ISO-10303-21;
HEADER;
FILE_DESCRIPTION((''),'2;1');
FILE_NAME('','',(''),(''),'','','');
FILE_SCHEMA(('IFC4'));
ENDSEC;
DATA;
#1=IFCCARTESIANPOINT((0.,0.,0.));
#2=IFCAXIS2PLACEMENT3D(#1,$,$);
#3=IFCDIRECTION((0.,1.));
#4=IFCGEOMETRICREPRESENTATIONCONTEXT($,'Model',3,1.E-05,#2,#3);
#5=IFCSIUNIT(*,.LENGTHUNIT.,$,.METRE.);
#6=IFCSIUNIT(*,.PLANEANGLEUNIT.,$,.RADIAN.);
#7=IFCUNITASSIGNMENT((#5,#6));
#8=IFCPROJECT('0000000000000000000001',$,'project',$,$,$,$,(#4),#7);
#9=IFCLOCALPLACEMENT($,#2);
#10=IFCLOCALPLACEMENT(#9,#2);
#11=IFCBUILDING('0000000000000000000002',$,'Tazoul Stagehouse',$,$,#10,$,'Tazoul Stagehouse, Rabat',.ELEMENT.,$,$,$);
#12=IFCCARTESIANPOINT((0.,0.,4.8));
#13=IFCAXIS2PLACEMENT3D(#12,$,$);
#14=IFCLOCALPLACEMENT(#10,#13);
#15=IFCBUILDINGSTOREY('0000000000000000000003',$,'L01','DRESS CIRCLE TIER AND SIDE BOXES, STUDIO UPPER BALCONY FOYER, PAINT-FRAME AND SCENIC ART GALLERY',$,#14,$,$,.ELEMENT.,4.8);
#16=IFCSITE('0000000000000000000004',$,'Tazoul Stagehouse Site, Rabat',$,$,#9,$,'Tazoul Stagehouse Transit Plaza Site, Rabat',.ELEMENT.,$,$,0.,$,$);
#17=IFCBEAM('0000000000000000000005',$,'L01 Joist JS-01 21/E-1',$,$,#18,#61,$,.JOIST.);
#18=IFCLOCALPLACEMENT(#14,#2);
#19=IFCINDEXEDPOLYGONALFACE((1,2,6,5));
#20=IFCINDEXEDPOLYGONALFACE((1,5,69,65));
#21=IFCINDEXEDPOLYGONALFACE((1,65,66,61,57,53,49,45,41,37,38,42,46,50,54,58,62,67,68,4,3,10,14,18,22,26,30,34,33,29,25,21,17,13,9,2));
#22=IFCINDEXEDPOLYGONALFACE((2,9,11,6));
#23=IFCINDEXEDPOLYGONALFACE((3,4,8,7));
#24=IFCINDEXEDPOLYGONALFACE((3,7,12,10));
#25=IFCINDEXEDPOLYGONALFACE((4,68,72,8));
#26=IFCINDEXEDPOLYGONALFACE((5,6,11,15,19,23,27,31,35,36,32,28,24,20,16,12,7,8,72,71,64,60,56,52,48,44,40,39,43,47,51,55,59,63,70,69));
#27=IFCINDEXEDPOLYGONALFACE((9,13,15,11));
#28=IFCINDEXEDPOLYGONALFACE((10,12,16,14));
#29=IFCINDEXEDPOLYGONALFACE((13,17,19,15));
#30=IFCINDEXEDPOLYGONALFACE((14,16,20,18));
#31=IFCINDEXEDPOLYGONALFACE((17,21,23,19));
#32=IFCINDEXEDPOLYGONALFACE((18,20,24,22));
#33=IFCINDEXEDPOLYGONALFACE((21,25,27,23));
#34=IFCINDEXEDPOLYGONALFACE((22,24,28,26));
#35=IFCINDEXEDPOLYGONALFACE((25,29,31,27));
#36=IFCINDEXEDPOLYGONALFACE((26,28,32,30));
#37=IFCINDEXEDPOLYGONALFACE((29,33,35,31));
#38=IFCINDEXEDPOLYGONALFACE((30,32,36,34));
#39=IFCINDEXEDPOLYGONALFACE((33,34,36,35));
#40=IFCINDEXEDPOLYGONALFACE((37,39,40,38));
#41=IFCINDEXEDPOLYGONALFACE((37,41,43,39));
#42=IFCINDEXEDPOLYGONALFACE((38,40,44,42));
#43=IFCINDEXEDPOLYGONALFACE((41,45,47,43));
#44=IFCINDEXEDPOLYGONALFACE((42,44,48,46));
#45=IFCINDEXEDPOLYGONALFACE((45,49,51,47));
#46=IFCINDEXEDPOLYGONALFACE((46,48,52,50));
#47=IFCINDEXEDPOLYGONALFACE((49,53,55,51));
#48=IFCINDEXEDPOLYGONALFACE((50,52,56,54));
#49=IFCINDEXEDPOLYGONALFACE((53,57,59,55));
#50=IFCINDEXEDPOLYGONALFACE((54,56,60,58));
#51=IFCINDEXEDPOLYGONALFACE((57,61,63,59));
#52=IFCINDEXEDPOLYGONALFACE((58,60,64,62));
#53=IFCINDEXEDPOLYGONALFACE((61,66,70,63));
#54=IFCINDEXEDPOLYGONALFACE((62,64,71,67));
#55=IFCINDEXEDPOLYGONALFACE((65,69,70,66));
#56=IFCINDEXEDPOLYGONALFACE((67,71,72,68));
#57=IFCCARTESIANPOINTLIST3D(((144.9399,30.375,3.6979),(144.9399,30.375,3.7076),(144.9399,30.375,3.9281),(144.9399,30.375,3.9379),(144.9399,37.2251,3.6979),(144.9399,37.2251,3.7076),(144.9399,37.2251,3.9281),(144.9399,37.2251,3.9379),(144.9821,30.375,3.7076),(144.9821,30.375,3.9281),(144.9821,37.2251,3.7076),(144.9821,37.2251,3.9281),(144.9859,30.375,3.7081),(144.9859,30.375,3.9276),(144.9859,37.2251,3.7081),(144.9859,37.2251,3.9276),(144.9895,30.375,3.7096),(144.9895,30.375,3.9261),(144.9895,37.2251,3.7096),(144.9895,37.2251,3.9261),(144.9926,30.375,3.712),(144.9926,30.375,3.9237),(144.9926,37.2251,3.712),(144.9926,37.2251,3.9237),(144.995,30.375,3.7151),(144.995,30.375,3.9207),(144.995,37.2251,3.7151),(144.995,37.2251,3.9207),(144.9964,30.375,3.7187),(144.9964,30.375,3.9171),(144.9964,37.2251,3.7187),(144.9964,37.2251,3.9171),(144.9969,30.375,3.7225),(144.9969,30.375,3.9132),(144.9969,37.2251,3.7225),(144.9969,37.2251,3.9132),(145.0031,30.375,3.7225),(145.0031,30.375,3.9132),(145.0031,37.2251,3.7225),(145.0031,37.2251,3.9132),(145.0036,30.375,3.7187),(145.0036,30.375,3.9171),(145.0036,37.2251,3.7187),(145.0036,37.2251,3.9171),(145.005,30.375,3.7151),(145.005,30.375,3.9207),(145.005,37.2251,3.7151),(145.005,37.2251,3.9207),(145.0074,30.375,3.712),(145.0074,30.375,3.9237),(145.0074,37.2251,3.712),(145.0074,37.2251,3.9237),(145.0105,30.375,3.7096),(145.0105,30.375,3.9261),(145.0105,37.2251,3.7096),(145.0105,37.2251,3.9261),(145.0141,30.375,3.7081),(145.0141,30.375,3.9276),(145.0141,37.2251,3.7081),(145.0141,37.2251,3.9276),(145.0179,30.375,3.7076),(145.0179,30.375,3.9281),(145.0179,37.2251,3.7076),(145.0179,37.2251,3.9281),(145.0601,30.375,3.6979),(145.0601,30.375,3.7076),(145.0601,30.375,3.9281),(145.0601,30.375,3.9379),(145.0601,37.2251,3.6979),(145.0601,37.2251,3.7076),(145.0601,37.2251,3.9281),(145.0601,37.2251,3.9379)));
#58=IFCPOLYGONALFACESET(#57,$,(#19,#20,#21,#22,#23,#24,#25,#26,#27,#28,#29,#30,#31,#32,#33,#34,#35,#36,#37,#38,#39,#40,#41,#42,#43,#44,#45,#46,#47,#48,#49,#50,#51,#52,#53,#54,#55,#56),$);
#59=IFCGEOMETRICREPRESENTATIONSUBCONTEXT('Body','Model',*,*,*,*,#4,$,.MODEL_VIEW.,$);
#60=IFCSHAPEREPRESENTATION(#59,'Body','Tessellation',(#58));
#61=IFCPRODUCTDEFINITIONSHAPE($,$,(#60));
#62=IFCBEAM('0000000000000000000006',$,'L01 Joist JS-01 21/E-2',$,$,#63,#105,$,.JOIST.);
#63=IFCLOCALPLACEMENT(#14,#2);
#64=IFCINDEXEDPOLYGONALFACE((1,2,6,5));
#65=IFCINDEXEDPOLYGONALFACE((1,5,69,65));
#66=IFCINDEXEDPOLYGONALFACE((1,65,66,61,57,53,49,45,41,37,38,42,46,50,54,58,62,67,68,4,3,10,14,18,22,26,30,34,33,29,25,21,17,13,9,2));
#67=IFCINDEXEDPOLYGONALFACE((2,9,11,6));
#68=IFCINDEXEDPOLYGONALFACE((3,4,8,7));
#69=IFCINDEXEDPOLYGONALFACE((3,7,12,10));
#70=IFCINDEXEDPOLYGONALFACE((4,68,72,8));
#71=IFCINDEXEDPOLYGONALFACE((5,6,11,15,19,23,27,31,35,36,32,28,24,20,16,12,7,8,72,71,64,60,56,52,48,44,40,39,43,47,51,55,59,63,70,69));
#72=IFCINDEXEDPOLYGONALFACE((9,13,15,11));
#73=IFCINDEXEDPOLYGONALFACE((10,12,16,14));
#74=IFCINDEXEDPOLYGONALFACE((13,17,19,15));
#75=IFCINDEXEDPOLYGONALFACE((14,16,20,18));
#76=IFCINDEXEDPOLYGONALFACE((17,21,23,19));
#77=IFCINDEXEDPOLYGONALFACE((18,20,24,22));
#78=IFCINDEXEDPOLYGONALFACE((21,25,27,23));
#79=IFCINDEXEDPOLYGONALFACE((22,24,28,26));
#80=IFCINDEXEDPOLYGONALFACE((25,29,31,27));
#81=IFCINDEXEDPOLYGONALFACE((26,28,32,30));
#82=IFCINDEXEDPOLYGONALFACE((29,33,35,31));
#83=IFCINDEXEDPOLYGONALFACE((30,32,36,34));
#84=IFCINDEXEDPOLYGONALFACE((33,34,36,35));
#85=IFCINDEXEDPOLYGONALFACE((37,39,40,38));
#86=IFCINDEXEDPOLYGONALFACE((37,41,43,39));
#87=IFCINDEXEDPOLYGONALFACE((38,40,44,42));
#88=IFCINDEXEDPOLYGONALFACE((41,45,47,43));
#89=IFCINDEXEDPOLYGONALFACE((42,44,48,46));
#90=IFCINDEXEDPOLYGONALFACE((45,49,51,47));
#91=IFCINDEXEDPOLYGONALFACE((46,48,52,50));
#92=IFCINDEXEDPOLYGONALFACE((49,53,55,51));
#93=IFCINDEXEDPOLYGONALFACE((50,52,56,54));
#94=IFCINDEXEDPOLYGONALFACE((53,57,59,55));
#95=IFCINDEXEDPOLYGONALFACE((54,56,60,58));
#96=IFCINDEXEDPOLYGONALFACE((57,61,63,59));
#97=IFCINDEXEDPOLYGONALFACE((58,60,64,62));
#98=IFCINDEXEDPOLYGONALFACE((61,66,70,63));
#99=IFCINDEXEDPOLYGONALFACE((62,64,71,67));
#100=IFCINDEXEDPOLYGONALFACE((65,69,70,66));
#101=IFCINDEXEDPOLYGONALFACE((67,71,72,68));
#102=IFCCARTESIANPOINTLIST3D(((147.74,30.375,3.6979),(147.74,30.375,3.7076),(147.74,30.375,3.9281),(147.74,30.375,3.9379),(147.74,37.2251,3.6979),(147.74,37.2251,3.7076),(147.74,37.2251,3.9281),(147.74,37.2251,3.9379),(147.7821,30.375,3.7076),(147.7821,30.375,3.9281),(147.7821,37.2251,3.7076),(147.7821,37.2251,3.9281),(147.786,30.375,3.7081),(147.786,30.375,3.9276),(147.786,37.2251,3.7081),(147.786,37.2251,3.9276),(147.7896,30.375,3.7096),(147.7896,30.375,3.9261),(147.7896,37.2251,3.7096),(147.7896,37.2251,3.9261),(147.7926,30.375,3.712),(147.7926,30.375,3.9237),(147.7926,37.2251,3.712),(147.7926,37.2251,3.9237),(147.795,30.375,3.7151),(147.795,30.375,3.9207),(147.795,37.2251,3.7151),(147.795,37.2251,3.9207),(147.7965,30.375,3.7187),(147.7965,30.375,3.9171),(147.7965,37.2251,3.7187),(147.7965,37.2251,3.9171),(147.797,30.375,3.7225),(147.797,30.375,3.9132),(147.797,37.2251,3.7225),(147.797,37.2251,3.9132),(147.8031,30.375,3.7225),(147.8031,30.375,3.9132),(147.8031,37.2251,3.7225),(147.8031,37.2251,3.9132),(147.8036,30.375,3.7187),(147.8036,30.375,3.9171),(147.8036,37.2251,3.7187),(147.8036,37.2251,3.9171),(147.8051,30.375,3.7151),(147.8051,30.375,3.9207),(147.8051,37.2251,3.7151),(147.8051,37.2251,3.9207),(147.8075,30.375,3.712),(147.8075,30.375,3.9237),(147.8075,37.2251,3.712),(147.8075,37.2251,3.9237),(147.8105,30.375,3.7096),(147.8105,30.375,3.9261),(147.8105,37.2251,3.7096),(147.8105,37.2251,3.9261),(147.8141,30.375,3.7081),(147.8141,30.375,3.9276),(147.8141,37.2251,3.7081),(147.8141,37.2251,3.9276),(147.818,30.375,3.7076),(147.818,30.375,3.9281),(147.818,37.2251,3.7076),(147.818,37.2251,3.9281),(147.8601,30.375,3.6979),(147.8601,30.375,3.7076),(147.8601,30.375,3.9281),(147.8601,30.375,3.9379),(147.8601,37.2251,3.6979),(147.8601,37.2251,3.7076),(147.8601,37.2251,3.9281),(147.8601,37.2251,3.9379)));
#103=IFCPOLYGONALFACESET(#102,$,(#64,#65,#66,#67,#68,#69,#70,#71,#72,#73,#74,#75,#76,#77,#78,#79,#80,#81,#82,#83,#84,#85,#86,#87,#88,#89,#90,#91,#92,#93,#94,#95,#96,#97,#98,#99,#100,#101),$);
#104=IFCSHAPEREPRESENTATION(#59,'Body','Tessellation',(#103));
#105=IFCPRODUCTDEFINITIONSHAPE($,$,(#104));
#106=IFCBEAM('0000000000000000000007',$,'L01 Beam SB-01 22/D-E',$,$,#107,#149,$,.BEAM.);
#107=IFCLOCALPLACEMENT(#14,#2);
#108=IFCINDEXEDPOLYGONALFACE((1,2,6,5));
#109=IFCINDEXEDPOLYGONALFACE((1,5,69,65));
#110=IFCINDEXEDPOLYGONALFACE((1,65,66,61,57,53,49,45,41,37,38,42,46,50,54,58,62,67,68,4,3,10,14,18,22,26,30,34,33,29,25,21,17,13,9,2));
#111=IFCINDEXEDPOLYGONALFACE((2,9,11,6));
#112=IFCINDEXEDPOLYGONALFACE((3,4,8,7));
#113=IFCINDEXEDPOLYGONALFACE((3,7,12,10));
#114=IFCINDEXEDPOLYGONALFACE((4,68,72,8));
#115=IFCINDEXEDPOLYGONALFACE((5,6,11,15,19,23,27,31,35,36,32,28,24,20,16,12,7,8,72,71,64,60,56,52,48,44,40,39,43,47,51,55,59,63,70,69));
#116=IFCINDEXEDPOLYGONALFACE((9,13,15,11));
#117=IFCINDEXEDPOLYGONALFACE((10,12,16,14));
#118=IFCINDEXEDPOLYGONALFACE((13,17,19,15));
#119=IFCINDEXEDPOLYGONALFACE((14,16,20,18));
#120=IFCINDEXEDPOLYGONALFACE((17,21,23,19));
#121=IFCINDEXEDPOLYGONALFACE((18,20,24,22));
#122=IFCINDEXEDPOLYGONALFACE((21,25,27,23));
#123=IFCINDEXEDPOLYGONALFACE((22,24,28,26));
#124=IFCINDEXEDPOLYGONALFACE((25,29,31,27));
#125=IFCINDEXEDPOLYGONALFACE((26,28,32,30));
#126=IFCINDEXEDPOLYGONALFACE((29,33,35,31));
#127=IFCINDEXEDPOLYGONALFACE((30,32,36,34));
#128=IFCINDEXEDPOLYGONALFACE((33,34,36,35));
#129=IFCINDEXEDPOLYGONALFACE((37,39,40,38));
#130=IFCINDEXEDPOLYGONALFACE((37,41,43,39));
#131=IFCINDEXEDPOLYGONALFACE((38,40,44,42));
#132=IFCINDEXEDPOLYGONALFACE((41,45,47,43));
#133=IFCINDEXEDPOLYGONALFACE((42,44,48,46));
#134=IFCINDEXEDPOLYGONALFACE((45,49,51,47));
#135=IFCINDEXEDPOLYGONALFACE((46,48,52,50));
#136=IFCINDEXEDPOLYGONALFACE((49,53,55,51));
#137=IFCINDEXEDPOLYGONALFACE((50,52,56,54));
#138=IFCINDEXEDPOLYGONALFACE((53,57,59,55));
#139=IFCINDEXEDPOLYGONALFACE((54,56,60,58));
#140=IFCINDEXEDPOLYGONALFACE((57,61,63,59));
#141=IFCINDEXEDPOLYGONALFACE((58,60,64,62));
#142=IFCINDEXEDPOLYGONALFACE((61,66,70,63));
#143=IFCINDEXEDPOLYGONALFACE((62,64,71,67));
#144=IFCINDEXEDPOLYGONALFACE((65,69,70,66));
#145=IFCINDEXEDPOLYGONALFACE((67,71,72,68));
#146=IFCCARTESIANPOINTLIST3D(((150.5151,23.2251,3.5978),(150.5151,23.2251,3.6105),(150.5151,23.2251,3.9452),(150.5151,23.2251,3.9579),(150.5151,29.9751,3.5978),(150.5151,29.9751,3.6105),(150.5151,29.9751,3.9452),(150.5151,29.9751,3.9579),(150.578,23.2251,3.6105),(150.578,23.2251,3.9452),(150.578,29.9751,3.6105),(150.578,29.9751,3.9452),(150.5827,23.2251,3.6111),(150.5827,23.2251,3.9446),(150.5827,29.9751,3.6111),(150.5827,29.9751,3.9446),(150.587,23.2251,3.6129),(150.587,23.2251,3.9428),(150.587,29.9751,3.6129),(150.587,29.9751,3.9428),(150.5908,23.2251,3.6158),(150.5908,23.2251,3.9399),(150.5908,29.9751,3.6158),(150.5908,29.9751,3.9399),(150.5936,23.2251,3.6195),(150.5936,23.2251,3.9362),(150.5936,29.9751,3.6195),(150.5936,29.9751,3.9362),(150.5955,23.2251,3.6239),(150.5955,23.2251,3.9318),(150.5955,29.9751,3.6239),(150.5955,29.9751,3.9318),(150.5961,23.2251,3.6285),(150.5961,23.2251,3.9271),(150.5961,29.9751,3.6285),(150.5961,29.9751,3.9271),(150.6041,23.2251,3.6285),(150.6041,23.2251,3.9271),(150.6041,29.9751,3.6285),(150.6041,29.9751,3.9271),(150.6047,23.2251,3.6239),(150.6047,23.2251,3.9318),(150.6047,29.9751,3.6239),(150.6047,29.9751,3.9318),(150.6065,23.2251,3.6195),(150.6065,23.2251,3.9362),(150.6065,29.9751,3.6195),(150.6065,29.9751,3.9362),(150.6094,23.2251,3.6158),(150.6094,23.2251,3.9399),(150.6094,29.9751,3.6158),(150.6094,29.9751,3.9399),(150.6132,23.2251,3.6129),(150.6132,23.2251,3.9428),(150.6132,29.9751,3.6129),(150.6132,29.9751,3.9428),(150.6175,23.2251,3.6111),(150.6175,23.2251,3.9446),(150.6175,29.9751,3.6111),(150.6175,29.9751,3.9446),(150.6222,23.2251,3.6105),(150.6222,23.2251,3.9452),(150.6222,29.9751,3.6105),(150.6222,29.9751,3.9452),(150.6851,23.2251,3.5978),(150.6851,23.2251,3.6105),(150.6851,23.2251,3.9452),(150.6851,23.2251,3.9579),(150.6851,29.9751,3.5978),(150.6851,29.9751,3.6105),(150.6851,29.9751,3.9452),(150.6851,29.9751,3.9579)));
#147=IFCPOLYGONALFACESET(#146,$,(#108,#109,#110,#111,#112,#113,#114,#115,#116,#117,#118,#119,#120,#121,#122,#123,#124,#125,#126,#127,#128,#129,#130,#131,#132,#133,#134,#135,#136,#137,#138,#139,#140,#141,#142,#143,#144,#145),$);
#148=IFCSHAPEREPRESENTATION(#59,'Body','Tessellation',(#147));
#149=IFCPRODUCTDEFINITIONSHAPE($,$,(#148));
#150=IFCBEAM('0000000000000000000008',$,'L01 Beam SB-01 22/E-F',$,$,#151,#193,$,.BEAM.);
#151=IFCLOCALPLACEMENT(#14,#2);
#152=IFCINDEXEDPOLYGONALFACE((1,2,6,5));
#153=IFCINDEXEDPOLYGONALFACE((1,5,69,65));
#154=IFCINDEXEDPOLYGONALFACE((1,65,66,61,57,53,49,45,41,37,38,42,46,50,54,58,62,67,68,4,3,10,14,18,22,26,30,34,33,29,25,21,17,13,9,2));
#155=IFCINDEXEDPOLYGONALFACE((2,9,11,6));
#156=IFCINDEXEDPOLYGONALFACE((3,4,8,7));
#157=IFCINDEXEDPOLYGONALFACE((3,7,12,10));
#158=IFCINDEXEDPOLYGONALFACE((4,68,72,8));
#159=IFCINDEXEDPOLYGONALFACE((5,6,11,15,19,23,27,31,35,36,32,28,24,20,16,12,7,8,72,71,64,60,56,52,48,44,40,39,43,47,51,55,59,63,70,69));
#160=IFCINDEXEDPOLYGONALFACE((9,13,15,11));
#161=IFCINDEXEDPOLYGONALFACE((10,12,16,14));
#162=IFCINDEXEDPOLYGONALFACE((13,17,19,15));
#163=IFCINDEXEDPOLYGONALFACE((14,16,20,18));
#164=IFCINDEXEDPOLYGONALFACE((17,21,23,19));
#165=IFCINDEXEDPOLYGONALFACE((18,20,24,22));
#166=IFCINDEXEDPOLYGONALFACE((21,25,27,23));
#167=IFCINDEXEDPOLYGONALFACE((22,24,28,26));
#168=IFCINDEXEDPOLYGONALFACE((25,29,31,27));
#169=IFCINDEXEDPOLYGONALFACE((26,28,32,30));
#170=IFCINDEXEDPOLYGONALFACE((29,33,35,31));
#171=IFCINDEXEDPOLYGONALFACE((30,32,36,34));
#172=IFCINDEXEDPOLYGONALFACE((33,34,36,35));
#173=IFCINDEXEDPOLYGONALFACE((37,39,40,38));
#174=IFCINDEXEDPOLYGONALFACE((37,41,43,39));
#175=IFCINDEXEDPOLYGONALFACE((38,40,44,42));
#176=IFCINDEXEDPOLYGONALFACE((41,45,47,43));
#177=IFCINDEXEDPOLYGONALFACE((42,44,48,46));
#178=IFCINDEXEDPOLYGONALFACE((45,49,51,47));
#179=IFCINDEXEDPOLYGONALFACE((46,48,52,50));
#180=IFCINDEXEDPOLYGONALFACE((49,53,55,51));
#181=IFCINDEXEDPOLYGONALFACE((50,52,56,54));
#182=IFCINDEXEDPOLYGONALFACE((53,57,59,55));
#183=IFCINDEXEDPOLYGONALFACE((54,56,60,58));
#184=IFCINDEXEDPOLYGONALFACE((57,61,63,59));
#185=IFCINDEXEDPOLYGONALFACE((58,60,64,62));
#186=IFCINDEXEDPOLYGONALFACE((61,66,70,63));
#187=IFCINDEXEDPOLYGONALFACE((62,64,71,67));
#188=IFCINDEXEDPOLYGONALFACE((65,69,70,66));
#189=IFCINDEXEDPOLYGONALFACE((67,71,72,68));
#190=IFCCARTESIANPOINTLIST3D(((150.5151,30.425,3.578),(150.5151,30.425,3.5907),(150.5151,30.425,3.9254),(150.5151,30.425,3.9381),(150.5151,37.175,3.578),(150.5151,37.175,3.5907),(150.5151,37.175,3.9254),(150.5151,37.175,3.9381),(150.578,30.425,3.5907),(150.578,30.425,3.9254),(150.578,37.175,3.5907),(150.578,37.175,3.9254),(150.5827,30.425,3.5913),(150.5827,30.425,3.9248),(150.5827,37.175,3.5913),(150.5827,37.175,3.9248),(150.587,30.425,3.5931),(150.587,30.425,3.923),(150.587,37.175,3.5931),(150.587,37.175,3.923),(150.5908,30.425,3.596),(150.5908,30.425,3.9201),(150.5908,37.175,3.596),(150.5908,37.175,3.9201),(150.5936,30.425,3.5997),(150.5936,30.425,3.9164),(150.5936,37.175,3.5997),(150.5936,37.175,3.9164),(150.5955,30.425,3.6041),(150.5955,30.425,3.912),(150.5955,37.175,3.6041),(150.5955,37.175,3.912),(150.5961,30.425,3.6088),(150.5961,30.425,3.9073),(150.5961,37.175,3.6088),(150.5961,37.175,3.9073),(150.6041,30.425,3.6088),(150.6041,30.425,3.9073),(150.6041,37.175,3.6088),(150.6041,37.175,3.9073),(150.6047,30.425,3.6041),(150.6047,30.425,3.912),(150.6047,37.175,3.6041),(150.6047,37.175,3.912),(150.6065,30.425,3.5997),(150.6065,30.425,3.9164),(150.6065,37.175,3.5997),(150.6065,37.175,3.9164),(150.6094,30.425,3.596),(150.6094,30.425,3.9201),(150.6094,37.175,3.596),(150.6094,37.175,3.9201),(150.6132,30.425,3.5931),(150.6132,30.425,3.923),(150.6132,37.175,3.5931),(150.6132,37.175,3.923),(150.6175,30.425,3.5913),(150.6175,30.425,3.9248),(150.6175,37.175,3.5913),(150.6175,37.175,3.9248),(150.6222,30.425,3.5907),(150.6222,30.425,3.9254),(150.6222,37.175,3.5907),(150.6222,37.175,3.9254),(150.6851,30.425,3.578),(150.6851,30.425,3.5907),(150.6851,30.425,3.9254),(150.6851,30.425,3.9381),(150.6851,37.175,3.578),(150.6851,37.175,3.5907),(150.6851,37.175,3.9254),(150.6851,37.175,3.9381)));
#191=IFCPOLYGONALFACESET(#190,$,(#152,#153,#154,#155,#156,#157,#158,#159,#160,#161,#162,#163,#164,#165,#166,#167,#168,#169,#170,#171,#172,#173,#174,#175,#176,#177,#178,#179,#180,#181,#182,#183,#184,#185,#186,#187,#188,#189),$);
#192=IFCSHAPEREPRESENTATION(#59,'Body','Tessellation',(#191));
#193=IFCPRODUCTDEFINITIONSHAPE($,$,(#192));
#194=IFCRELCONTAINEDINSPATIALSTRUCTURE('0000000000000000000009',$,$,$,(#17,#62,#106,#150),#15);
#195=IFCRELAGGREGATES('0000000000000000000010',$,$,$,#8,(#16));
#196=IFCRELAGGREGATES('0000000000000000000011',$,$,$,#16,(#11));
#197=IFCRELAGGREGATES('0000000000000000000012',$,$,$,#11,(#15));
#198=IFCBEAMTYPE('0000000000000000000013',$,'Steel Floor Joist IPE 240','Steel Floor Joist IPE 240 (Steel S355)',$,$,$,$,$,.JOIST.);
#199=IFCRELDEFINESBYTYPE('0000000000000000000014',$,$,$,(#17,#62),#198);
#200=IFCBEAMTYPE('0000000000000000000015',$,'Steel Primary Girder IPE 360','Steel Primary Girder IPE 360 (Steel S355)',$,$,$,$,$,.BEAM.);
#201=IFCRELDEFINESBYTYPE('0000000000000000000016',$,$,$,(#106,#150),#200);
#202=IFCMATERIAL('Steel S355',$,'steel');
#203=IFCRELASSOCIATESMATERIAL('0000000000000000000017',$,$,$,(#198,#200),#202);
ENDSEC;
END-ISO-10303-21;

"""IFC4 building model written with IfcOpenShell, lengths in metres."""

from ifc_helpers import new_model, si_unit, direction, frame, origin, origin_2d, place, context, subcontext, project, spatial, i_section, extrude, material, material_profile, profile_set, type_object, element, save


model = new_model("IFC4")

# Units and contexts
model_context = context("Model", 3, precision=1e-05, world=origin(), true_north=direction((0.0, 1.0)))
body_context = subcontext(model_context, "Body", "Model", "MODEL_VIEW")
ifc_project = project(units=[si_unit("LENGTHUNIT", "METRE"), si_unit("PLANEANGLEUNIT", "RADIAN")], contexts=[model_context])

# Site, building, storey
site_placement = place(None, origin())
site = spatial("IfcSite", under=ifc_project, at=site_placement, Name="Tazoul Stagehouse Site, Rabat", LongName="Tazoul Stagehouse Transit Plaza Site, Rabat", CompositionType="ELEMENT", RefElevation=0.0)
building_placement = place(site_placement, origin())
building = spatial("IfcBuilding", under=site, at=building_placement, Name="Tazoul Stagehouse", LongName="Tazoul Stagehouse, Rabat", CompositionType="ELEMENT")
storey_placement = place(building_placement, frame((0.0, 0.0, 4.8)))
storey = spatial("IfcBuildingStorey", under=building, at=storey_placement, Name="L01", Description="DRESS CIRCLE TIER AND SIDE BOXES, STUDIO UPPER BALCONY FOYER, PAINT-FRAME AND SCENIC ART GALLERY", CompositionType="ELEMENT", Elevation=4.8)

# Beams
ifc_material_1 = material(Name="Steel S355", Category="steel")
ifc_material_profile_1 = material_profile(ifc_material_1, i_section(OverallWidth=0.1201, OverallDepth=0.24, WebThickness=0.0061, FlangeThickness=0.0098, FilletRadius=0.0149, at=origin_2d()), Name="IPE 240")
ifc_profile_set_1 = profile_set([ifc_material_profile_1], Name="Steel S355")
beam_type_1 = type_object("IfcBeamType", Name="Steel Floor Joist IPE 240", Description="Steel Floor Joist IPE 240 (Steel S355)", PredefinedType="JOIST", material=ifc_profile_set_1)
for number, where, z_axis, x_axis, name in (
    (1, (145.0, 30.375, 3.8179), (0.0, 1.0, 0.0), (-1.0, 0.0, 0.0), "L01 Joist JS-01 21/E-1"),
    (2, (147.8, 30.375, 3.8179), (0.0, 1.0, 0.0), (-1.0, 0.0, 0.0), "L01 Joist JS-01 21/E-2"),
):
    element("IfcBeam", number, at=place(storey_placement, frame(where, z_axis=z_axis, x_axis=x_axis)), inside=storey, type_object=beam_type_1, Name=name, PredefinedType="JOIST", context=body_context, shape_type="SweptSolid", body=[
        extrude(i_section(OverallWidth=0.1201, OverallDepth=0.24, WebThickness=0.0061, FlangeThickness=0.0098, FilletRadius=0.0149, at=origin_2d()), origin(), (0.0, 0.0, 1.0), 6.8501),
    ])
ifc_material_profile_2 = material_profile(ifc_material_1, i_section(OverallWidth=0.1699, OverallDepth=0.3601, WebThickness=0.0081, FlangeThickness=0.0127, FilletRadius=0.0181, at=origin_2d()), Name="IPE 360")
ifc_profile_set_2 = profile_set([ifc_material_profile_2], Name="Steel S355")
beam_type_2 = type_object("IfcBeamType", Name="Steel Primary Girder IPE 360", Description="Steel Primary Girder IPE 360 (Steel S355)", PredefinedType="BEAM", material=ifc_profile_set_2)
for number, where, z_axis, x_axis, name in (
    (3, (150.6001, 23.2251, 3.7778), (0.0, 1.0, 0.0), (-1.0, 0.0, 0.0), "L01 Beam SB-01 22/D-E"),
    (4, (150.6001, 30.425, 3.7581), (0.0, 1.0, 0.0), (-1.0, 0.0, 0.0), "L01 Beam SB-01 22/E-F"),
):
    element("IfcBeam", number, at=place(storey_placement, frame(where, z_axis=z_axis, x_axis=x_axis)), inside=storey, type_object=beam_type_2, Name=name, PredefinedType="BEAM", context=body_context, shape_type="SweptSolid", body=[
        extrude(i_section(OverallWidth=0.1699, OverallDepth=0.3601, WebThickness=0.0081, FlangeThickness=0.0127, FilletRadius=0.0181, at=origin_2d()), origin(), (0.0, 0.0, 1.0), 6.75),
    ])

save(model, "model.ifc")
